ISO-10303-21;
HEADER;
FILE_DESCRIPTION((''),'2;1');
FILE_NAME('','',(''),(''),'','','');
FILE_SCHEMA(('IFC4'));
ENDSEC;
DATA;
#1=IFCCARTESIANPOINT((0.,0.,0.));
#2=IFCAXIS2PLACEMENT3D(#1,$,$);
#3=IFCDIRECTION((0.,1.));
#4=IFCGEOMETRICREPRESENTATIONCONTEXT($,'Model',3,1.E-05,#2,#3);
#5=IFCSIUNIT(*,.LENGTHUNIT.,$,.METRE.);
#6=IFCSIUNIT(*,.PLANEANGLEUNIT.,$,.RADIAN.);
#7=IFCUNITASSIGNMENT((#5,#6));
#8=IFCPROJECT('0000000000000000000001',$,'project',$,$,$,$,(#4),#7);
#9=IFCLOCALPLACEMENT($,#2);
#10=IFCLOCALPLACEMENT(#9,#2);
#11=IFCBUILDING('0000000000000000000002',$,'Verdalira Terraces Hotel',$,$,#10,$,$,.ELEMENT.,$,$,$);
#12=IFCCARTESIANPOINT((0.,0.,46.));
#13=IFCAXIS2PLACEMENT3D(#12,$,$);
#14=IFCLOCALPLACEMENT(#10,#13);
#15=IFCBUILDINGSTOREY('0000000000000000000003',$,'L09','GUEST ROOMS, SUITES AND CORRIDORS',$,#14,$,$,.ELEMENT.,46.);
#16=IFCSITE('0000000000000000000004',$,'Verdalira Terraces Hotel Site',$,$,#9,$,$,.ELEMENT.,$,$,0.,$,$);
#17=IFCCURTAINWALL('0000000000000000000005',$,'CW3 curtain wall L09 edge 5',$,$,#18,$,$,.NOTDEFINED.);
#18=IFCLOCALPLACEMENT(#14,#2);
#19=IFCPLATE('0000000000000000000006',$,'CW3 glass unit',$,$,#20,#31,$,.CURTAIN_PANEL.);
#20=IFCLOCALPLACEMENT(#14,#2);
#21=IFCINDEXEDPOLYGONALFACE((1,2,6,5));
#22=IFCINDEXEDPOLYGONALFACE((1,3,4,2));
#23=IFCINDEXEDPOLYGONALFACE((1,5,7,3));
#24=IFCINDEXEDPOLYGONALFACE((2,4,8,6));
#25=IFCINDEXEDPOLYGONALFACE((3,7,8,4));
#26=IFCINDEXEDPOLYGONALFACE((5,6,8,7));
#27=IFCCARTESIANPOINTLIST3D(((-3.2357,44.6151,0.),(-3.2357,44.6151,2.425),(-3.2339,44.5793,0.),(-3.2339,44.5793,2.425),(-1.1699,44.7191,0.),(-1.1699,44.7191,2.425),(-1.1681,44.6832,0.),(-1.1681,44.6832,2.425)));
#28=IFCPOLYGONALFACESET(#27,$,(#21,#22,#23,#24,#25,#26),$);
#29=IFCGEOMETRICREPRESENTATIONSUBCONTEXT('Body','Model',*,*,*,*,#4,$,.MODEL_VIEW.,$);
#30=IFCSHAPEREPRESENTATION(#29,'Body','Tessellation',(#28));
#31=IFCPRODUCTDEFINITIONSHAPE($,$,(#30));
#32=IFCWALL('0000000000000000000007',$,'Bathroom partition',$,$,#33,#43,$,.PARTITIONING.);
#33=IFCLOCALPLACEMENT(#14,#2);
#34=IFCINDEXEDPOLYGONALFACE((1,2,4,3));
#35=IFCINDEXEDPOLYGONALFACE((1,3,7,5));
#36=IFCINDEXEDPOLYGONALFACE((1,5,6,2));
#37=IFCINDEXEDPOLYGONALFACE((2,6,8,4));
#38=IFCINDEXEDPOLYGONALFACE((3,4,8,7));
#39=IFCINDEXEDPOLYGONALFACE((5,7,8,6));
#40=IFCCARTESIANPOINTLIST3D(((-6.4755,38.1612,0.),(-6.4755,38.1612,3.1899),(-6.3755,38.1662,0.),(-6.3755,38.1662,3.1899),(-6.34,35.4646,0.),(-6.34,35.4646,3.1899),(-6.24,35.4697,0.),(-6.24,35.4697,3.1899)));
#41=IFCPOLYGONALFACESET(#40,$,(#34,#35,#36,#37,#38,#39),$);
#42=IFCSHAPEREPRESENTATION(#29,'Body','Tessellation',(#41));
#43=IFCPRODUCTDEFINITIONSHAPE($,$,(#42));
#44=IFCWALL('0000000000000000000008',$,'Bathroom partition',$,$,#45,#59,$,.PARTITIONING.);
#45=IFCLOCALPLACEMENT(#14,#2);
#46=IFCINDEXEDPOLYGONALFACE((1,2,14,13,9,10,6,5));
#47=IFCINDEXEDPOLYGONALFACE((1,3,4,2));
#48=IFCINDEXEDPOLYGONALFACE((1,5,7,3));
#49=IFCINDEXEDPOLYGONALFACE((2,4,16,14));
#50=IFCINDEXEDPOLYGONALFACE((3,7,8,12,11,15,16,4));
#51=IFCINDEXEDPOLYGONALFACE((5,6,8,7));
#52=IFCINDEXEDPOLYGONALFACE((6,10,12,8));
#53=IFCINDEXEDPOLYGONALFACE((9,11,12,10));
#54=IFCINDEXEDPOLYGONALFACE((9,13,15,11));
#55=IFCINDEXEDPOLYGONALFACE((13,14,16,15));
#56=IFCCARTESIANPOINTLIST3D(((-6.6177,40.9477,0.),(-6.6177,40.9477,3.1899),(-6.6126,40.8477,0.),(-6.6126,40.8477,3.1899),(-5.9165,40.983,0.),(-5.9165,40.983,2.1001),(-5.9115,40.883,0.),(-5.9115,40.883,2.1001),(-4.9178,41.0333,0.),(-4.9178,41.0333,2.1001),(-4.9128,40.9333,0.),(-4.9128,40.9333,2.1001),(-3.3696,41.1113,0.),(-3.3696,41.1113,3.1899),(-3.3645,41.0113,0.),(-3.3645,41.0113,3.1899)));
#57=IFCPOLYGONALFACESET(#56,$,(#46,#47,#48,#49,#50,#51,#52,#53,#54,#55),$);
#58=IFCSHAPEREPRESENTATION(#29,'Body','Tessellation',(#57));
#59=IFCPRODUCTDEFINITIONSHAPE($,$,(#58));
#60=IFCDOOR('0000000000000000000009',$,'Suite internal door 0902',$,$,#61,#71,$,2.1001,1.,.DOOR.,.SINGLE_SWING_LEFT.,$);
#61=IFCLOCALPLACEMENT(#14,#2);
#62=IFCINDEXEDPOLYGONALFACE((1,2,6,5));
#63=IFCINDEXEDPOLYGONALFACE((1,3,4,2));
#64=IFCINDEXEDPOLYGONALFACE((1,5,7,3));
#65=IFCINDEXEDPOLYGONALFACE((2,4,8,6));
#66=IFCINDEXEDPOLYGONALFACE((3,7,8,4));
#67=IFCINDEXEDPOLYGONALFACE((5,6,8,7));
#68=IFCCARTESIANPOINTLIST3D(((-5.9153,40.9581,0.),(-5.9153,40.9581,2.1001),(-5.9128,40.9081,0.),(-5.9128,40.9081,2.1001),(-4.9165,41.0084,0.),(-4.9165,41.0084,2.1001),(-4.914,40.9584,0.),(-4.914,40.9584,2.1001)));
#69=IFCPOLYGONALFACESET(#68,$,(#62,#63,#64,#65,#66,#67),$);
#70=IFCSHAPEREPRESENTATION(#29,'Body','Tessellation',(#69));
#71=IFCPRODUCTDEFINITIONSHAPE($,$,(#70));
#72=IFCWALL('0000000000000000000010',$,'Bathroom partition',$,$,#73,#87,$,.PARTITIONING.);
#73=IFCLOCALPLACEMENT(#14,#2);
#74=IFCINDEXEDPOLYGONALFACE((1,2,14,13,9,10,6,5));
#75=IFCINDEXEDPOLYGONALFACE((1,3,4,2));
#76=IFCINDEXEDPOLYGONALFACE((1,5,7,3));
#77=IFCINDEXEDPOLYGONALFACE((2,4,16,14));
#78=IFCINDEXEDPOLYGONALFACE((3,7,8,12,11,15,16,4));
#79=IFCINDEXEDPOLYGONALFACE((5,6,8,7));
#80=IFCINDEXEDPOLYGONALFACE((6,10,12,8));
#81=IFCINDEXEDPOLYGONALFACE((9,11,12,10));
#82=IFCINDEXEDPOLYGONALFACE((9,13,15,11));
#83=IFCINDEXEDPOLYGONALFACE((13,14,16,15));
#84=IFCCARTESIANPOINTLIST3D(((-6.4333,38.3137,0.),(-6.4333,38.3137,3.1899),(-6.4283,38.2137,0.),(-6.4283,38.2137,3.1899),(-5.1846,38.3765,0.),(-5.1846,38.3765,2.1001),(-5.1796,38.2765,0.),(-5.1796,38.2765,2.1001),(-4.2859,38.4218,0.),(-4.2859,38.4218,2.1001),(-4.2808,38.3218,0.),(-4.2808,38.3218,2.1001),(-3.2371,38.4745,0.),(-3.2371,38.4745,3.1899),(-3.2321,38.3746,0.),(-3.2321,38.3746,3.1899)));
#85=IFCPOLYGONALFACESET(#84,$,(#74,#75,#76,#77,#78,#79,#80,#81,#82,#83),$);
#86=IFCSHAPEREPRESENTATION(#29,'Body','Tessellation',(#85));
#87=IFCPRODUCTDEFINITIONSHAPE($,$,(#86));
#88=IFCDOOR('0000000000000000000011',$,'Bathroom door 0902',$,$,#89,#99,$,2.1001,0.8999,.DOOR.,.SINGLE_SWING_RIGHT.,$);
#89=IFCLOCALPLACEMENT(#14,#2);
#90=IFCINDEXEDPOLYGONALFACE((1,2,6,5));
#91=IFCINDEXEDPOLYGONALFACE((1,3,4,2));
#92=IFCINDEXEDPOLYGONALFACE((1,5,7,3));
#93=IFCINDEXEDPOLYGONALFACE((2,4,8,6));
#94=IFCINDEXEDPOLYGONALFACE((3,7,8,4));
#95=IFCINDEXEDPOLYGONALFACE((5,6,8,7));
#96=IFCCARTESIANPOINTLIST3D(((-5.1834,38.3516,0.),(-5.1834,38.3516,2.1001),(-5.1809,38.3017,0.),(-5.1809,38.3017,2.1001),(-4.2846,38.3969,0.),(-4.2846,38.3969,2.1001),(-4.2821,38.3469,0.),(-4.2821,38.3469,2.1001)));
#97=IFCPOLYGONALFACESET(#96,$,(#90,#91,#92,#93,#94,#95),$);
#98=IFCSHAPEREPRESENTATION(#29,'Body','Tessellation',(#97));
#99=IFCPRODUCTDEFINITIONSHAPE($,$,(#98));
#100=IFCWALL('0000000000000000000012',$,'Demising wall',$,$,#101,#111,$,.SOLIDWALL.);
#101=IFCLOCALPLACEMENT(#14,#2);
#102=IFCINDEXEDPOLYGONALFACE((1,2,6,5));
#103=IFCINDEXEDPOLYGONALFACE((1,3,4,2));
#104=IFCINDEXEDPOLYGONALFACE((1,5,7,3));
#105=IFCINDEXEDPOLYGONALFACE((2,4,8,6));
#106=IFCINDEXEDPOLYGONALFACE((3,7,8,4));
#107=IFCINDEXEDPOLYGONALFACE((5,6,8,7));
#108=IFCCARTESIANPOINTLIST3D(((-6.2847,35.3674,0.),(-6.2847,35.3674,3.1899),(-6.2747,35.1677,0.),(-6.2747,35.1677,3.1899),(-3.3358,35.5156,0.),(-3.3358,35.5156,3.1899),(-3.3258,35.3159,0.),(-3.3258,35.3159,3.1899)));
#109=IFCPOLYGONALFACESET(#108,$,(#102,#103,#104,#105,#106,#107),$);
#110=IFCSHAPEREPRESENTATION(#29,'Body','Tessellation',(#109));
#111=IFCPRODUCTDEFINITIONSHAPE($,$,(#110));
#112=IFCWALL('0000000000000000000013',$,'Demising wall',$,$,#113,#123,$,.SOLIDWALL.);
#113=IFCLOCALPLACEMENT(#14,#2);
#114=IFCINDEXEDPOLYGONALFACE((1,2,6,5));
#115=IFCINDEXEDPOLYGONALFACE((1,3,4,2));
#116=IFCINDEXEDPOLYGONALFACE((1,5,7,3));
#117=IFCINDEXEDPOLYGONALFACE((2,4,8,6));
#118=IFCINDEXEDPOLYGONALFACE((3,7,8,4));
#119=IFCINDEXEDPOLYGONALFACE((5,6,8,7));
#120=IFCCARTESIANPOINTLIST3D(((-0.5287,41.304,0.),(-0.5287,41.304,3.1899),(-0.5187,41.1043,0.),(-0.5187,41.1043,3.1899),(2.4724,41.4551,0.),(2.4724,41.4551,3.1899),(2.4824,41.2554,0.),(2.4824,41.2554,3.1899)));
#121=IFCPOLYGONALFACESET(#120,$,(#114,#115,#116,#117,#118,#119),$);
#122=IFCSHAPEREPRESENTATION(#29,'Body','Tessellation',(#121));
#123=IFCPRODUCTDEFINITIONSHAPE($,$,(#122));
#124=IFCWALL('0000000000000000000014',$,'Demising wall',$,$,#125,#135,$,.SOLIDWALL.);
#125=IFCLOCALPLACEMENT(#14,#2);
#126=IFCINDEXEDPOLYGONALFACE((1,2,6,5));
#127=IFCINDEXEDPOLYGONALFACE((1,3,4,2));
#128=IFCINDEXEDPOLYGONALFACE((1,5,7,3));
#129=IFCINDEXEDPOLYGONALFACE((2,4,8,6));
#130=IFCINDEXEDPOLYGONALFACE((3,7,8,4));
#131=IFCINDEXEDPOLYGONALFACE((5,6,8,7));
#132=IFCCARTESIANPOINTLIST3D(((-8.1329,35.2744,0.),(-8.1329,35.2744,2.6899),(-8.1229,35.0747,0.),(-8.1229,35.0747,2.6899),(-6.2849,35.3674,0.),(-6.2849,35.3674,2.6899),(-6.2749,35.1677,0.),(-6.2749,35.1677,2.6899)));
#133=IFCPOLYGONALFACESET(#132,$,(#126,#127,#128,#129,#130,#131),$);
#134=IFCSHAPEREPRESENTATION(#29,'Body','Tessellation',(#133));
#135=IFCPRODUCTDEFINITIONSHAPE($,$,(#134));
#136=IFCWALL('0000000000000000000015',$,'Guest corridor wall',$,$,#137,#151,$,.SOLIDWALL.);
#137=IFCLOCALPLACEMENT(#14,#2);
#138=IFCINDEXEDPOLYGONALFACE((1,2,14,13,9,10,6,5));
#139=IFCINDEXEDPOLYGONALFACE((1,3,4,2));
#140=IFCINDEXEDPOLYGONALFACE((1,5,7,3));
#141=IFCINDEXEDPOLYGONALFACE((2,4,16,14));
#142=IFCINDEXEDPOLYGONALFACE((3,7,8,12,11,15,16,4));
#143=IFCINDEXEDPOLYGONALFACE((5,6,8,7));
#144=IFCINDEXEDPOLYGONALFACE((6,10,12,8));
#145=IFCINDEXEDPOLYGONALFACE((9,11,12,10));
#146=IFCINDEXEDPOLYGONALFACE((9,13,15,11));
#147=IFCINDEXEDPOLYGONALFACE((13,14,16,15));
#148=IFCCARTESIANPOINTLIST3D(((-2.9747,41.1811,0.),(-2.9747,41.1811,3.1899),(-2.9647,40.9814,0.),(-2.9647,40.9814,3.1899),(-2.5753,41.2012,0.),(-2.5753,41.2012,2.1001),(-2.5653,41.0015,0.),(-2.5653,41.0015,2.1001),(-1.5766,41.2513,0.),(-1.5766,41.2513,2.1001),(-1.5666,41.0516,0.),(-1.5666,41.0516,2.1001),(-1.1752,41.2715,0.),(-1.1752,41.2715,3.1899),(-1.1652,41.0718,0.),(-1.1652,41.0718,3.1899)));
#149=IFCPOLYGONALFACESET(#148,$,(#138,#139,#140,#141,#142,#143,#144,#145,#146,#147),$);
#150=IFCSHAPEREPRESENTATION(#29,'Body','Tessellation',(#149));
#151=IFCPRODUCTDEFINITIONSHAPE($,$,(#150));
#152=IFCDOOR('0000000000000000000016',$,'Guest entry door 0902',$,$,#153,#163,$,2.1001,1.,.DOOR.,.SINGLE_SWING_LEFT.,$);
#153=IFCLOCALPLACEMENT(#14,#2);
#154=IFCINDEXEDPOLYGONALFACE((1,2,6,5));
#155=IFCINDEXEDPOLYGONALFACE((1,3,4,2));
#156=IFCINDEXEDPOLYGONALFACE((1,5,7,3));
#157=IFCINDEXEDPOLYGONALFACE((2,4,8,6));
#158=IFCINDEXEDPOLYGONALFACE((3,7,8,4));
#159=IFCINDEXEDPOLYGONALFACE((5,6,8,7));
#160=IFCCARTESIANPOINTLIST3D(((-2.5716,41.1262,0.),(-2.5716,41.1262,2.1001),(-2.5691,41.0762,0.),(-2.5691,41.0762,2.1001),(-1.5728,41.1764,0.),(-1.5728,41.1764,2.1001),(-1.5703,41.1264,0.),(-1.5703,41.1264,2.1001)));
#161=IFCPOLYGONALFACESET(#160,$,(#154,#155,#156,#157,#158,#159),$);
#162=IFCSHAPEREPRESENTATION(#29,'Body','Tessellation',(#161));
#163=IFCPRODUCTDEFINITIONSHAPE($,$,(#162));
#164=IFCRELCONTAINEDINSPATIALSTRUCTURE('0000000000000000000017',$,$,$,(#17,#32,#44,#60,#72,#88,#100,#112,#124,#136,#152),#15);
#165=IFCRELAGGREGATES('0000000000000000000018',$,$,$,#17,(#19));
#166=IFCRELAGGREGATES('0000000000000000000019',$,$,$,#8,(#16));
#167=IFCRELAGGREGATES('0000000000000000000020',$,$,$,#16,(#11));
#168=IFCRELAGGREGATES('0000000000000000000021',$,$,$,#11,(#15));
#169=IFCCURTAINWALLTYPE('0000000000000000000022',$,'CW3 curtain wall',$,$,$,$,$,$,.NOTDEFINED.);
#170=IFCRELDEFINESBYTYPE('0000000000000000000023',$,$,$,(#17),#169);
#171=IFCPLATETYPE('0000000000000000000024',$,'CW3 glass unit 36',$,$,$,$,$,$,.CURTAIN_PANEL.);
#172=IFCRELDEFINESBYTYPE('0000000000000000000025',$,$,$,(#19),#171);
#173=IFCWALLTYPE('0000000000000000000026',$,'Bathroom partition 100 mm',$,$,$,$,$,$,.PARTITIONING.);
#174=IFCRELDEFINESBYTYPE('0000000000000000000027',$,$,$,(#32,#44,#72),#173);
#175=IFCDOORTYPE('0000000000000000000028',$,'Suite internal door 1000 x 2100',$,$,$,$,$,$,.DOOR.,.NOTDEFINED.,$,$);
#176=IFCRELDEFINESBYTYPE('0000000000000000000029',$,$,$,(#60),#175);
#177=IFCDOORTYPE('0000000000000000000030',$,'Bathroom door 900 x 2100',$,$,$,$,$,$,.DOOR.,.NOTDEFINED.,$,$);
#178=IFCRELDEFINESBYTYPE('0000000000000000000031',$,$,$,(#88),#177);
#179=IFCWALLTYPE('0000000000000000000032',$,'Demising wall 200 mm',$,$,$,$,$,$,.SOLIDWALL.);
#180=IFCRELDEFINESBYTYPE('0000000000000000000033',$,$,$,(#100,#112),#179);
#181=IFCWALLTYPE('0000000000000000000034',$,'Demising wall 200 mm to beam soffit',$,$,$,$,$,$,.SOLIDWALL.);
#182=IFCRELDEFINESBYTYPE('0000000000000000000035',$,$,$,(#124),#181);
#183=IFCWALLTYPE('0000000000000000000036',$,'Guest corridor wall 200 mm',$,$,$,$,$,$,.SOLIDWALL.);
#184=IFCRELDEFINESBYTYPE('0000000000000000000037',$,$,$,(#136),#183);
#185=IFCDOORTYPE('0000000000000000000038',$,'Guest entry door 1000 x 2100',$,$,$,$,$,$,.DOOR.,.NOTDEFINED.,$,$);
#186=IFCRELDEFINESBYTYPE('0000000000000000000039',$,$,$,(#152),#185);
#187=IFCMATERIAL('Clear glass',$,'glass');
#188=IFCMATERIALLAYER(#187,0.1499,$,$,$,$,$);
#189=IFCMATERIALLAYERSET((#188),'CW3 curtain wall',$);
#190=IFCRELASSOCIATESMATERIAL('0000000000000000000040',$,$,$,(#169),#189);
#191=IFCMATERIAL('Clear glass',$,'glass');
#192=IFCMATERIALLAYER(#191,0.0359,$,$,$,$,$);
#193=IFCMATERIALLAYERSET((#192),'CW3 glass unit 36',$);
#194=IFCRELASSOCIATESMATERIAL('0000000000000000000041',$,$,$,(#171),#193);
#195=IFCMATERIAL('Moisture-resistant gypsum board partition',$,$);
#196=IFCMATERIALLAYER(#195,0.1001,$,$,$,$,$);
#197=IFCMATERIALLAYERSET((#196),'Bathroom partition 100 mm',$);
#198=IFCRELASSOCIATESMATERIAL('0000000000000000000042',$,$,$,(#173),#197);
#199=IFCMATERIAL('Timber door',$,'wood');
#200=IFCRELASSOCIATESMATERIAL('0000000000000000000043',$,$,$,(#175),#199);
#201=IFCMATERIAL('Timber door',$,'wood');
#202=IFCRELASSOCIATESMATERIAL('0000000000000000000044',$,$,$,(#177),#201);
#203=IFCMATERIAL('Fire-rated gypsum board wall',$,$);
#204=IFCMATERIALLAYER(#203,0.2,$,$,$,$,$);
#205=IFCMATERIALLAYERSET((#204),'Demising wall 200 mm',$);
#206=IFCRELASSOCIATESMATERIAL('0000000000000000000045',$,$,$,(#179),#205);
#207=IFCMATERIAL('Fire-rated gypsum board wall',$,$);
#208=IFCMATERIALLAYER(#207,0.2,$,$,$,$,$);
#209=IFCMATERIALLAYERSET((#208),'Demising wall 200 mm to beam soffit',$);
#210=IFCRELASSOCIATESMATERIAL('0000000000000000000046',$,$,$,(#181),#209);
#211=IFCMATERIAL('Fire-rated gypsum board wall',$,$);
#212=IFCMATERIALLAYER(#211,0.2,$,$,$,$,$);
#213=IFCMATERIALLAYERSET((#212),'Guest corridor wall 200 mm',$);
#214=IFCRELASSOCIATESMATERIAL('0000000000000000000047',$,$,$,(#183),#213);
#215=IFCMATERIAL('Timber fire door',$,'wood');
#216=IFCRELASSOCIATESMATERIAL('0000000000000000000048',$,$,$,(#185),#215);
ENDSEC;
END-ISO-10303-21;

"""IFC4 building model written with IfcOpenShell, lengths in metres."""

from ifc_helpers import new_model, si_unit, direction, frame, frame_2d, origin, origin_2d, place, context, subcontext, project, spatial, rectangle, extrude, material, layer, layer_set, type_object, element, fill, aggregate, save


model = new_model("IFC4")

# Units and contexts
model_context = context("Model", 3, precision=1e-05, world=origin(), true_north=direction((0.0, 1.0)))
body_context = subcontext(model_context, "Body", "Model", "MODEL_VIEW")
ifc_project = project(units=[si_unit("LENGTHUNIT", "METRE"), si_unit("PLANEANGLEUNIT", "RADIAN")], contexts=[model_context])

# Site, building, storey
site_placement = place(None, origin())
site = spatial("IfcSite", under=ifc_project, at=site_placement, Name="Verdalira Terraces Hotel Site", CompositionType="ELEMENT", RefElevation=0.0)
building_placement = place(site_placement, origin())
building = spatial("IfcBuilding", under=site, at=building_placement, Name="Verdalira Terraces Hotel", CompositionType="ELEMENT")
storey_placement = place(building_placement, frame((0.0, 0.0, 46.0)))
storey = spatial("IfcBuildingStorey", under=building, at=storey_placement, Name="L09", Description="GUEST ROOMS, SUITES AND CORRIDORS", CompositionType="ELEMENT", Elevation=46.0)

# Curtain wall
ifc_material_1 = material(Name="Clear glass", Category="glass")
ifc_layer_1 = layer(ifc_material_1, 0.1499)
ifc_layer_set_1 = layer_set([ifc_layer_1], Name="CW3 curtain wall")
curtain_wall_type_1 = type_object("IfcCurtainWallType", Name="CW3 curtain wall", PredefinedType="NOTDEFINED", material=ifc_layer_set_1)
curtain_wall_1_placement = place(storey_placement, origin())
curtain_wall_1 = element("IfcCurtainWall", 1, at=curtain_wall_1_placement, inside=storey, type_object=curtain_wall_type_1, Name="CW3 curtain wall L09 edge 5", PredefinedType="NOTDEFINED")

# Plate
ifc_material_2 = material(Name="Clear glass", Category="glass")
ifc_layer_2 = layer(ifc_material_2, 0.0359)
ifc_layer_set_2 = layer_set([ifc_layer_2], Name="CW3 glass unit 36")
plate_type_1 = type_object("IfcPlateType", Name="CW3 glass unit 36", PredefinedType="CURTAIN_PANEL", material=ifc_layer_set_2)
plate_1_placement = place(storey_placement, frame((-2.2019, 44.6492, 0.0), z_axis=(0.0, 0.0, 1.0), x_axis=(-0.998737, -0.050244, 0.0)))
plate_1 = element("IfcPlate", 2, at=plate_1_placement, type_object=plate_type_1, Name="CW3 glass unit", PredefinedType="CURTAIN_PANEL", context=body_context, shape_type="SweptSolid", body=[
    extrude(rectangle(XDim=2.0684, YDim=0.0359, at=origin_2d()), origin(), (0.0, 0.0, 1.0), 2.425),
])
aggregate(curtain_wall_1, [plate_1])

# Wall
ifc_material_3 = material(Name="Moisture-resistant gypsum board partition")
ifc_layer_3 = layer(ifc_material_3, 0.1001)
ifc_layer_set_3 = layer_set([ifc_layer_3], Name="Bathroom partition 100 mm")
wall_type_1 = type_object("IfcWallType", Name="Bathroom partition 100 mm", PredefinedType="PARTITIONING", material=ifc_layer_set_3)
wall_1_placement = place(storey_placement, frame((-6.4255, 38.1638, 0.0), z_axis=(0.0, 0.0, 1.0), x_axis=(0.050186, -0.99874, 0.0)))
element("IfcWall", 3, at=wall_1_placement, inside=storey, type_object=wall_type_1, Name="Bathroom partition", PredefinedType="PARTITIONING", context=body_context, shape_type="SweptSolid", body=[
    extrude(rectangle(XDim=2.7, YDim=0.1001, at=frame_2d((1.3501, 0.0))), origin(), (0.0, 0.0, 1.0), 3.1899),
])

# Walls, openings, doors
wall_2_placement = place(storey_placement, frame((-3.3672, 41.0613, 0.0), z_axis=(0.0, 0.0, 1.0), x_axis=(-0.998734, -0.050297, 0.0)))
wall_2 = element("IfcWall", 4, at=wall_2_placement, inside=storey, type_object=wall_type_1, Name="Bathroom partition", PredefinedType="PARTITIONING", context=body_context, shape_type="SweptSolid", body=[
    extrude(rectangle(XDim=3.2522, YDim=0.1001, at=frame_2d((1.626, 0.0))), origin(), (0.0, 0.0, 1.0), 3.1899),
])
opening_1_placement = place(wall_2_placement, frame((1.55, 0.0, 0.0)))
opening_1 = element("IfcOpeningElement", 5, at=opening_1_placement, cuts=wall_2, PredefinedType="OPENING", context=body_context, shape_type="SweptSolid", body=[
    extrude(rectangle(XDim=1.0, YDim=2.1001, at=frame_2d((0.5, 1.05))), frame((0.0, 0.0601, 0.0), z_axis=(0.0, -1.0, 0.0), x_axis=(1.0, 0.0, 0.0)), (0.0, 0.0, 1.0), 0.1201),
])
ifc_material_4 = material(Name="Timber door", Category="wood")
door_type_1 = type_object("IfcDoorType", Name="Suite internal door 1000 x 2100", OperationType="NOTDEFINED", PredefinedType="DOOR", material=ifc_material_4)
door_1_placement = place(opening_1_placement, origin())
door_1 = element("IfcDoor", 6, at=door_1_placement, inside=storey, type_object=door_type_1, Name="Suite internal door 0902", OperationType="SINGLE_SWING_LEFT", OverallHeight=2.1001, OverallWidth=1.0, PredefinedType="DOOR", context=body_context, shape_type="SweptSolid", body=[
    extrude(rectangle(XDim=1.0, YDim=2.1001, at=frame_2d((0.5, 1.05))), frame((0.0, 0.0249, 0.0), z_axis=(0.0, -1.0, 0.0), x_axis=(1.0, 0.0, 0.0)), (0.0, 0.0, 1.0), 0.05),
])
fill(opening_1, door_1)
wall_3_placement = place(storey_placement, frame((-3.2346, 38.4246, 0.0), z_axis=(0.0, 0.0, 1.0), x_axis=(-0.998735, -0.050276, 0.0)))
wall_3 = element("IfcWall", 7, at=wall_3_placement, inside=storey, type_object=wall_type_1, Name="Bathroom partition", PredefinedType="PARTITIONING", context=body_context, shape_type="SweptSolid", body=[
    extrude(rectangle(XDim=3.2002, YDim=0.1001, at=frame_2d((1.6001, 0.0))), origin(), (0.0, 0.0, 1.0), 3.1899),
])
opening_2_placement = place(wall_3_placement, frame((1.05, 0.0, 0.0)))
opening_2 = element("IfcOpeningElement", 8, at=opening_2_placement, cuts=wall_3, PredefinedType="OPENING", context=body_context, shape_type="SweptSolid", body=[
    extrude(rectangle(XDim=0.8999, YDim=2.1001, at=frame_2d((0.45, 1.05))), frame((0.0, 0.0601, 0.0), z_axis=(0.0, -1.0, 0.0), x_axis=(1.0, 0.0, 0.0)), (0.0, 0.0, 1.0), 0.1201),
])
ifc_material_5 = material(Name="Timber door", Category="wood")
door_type_2 = type_object("IfcDoorType", Name="Bathroom door 900 x 2100", OperationType="NOTDEFINED", PredefinedType="DOOR", material=ifc_material_5)
door_2_placement = place(opening_2_placement, origin())
door_2 = element("IfcDoor", 9, at=door_2_placement, inside=storey, type_object=door_type_2, Name="Bathroom door 0902", OperationType="SINGLE_SWING_RIGHT", OverallHeight=2.1001, OverallWidth=0.8999, PredefinedType="DOOR", context=body_context, shape_type="SweptSolid", body=[
    extrude(rectangle(XDim=0.8999, YDim=2.1001, at=frame_2d((0.45, 1.05))), frame((0.0, 0.0249, 0.0), z_axis=(0.0, -1.0, 0.0), x_axis=(1.0, 0.0, 0.0)), (0.0, 0.0, 1.0), 0.05),
])
fill(opening_2, door_2)

# Walls
ifc_material_6 = material(Name="Fire-rated gypsum board wall")
ifc_layer_4 = layer(ifc_material_6, 0.2)
ifc_layer_set_4 = layer_set([ifc_layer_4], Name="Demising wall 200 mm")
wall_type_2 = type_object("IfcWallType", Name="Demising wall 200 mm", PredefinedType="SOLIDWALL", material=ifc_layer_set_4)
wall_4_placement = place(storey_placement, frame((-3.3308, 35.4158, 0.0), z_axis=(0.0, 0.0, 1.0), x_axis=(-0.99874, -0.050189, 0.0)))
element("IfcWall", 10, at=wall_4_placement, inside=storey, type_object=wall_type_2, Name="Demising wall", PredefinedType="SOLIDWALL", context=body_context, shape_type="SweptSolid", body=[
    extrude(rectangle(XDim=2.9526, YDim=0.2, at=frame_2d((1.4763, 0.0))), origin(), (0.0, 0.0, 1.0), 3.1899),
])
wall_5_placement = place(storey_placement, frame((-0.5237, 41.2041, 0.0), z_axis=(0.0, 0.0, 1.0), x_axis=(0.998734, 0.050294, 0.0)))
element("IfcWall", 11, at=wall_5_placement, inside=storey, type_object=wall_type_2, Name="Demising wall", PredefinedType="SOLIDWALL", context=body_context, shape_type="SweptSolid", body=[
    extrude(rectangle(XDim=3.0049, YDim=0.2, at=frame_2d((1.5024, 0.0))), origin(), (0.0, 0.0, 1.0), 3.1899),
])
ifc_material_7 = material(Name="Fire-rated gypsum board wall")
ifc_layer_5 = layer(ifc_material_7, 0.2)
ifc_layer_set_5 = layer_set([ifc_layer_5], Name="Demising wall 200 mm to beam soffit")
wall_type_3 = type_object("IfcWallType", Name="Demising wall 200 mm to beam soffit", PredefinedType="SOLIDWALL", material=ifc_layer_set_5)
wall_6_placement = place(storey_placement, frame((-6.2798, 35.2676, 0.0), z_axis=(0.0, 0.0, 1.0), x_axis=(-0.998736, -0.050273, 0.0)))
element("IfcWall", 12, at=wall_6_placement, inside=storey, type_object=wall_type_3, Name="Demising wall", PredefinedType="SOLIDWALL", context=body_context, shape_type="SweptSolid", body=[
    extrude(rectangle(XDim=1.8503, YDim=0.2, at=frame_2d((0.9253, 0.0))), origin(), (0.0, 0.0, 1.0), 2.6899),
])

# Wall, opening, door
ifc_material_8 = material(Name="Fire-rated gypsum board wall")
ifc_layer_6 = layer(ifc_material_8, 0.2)
ifc_layer_set_6 = layer_set([ifc_layer_6], Name="Guest corridor wall 200 mm")
wall_type_4 = type_object("IfcWallType", Name="Guest corridor wall 200 mm", PredefinedType="SOLIDWALL", material=ifc_layer_set_6)
wall_7_placement = place(storey_placement, frame((-2.9697, 41.0813, 0.0), z_axis=(0.0, 0.0, 1.0), x_axis=(0.998743, 0.050134, 0.0)))
wall_7 = element("IfcWall", 13, at=wall_7_placement, inside=storey, type_object=wall_type_4, Name="Guest corridor wall", PredefinedType="SOLIDWALL", context=body_context, shape_type="SweptSolid", body=[
    extrude(rectangle(XDim=1.8018, YDim=0.2, at=frame_2d((0.9009, 0.0))), origin(), (0.0, 0.0, 1.0), 3.1899),
])
opening_3_placement = place(wall_7_placement, frame((0.3999, 0.0, 0.0)))
opening_3 = element("IfcOpeningElement", 14, at=opening_3_placement, cuts=wall_7, PredefinedType="OPENING", context=body_context, shape_type="SweptSolid", body=[
    extrude(rectangle(XDim=1.0, YDim=2.1001, at=frame_2d((0.5, 1.05))), frame((0.0, 0.1099, 0.0), z_axis=(0.0, -1.0, 0.0), x_axis=(1.0, 0.0, 0.0)), (0.0, 0.0, 1.0), 0.22),
])
ifc_material_9 = material(Name="Timber fire door", Category="wood")
door_type_3 = type_object("IfcDoorType", Name="Guest entry door 1000 x 2100", OperationType="NOTDEFINED", PredefinedType="DOOR", material=ifc_material_9)
door_3_placement = place(opening_3_placement, origin())
door_3 = element("IfcDoor", 15, at=door_3_placement, inside=storey, type_object=door_type_3, Name="Guest entry door 0902", OperationType="SINGLE_SWING_LEFT", OverallHeight=2.1001, OverallWidth=1.0, PredefinedType="DOOR", context=body_context, shape_type="SweptSolid", body=[
    extrude(rectangle(XDim=1.0, YDim=2.1001, at=frame_2d((0.5, 1.05))), frame((0.0, 0.0249, 0.0), z_axis=(0.0, -1.0, 0.0), x_axis=(1.0, 0.0, 0.0)), (0.0, 0.0, 1.0), 0.05),
])
fill(opening_3, door_3)

save(model, "model.ifc")
